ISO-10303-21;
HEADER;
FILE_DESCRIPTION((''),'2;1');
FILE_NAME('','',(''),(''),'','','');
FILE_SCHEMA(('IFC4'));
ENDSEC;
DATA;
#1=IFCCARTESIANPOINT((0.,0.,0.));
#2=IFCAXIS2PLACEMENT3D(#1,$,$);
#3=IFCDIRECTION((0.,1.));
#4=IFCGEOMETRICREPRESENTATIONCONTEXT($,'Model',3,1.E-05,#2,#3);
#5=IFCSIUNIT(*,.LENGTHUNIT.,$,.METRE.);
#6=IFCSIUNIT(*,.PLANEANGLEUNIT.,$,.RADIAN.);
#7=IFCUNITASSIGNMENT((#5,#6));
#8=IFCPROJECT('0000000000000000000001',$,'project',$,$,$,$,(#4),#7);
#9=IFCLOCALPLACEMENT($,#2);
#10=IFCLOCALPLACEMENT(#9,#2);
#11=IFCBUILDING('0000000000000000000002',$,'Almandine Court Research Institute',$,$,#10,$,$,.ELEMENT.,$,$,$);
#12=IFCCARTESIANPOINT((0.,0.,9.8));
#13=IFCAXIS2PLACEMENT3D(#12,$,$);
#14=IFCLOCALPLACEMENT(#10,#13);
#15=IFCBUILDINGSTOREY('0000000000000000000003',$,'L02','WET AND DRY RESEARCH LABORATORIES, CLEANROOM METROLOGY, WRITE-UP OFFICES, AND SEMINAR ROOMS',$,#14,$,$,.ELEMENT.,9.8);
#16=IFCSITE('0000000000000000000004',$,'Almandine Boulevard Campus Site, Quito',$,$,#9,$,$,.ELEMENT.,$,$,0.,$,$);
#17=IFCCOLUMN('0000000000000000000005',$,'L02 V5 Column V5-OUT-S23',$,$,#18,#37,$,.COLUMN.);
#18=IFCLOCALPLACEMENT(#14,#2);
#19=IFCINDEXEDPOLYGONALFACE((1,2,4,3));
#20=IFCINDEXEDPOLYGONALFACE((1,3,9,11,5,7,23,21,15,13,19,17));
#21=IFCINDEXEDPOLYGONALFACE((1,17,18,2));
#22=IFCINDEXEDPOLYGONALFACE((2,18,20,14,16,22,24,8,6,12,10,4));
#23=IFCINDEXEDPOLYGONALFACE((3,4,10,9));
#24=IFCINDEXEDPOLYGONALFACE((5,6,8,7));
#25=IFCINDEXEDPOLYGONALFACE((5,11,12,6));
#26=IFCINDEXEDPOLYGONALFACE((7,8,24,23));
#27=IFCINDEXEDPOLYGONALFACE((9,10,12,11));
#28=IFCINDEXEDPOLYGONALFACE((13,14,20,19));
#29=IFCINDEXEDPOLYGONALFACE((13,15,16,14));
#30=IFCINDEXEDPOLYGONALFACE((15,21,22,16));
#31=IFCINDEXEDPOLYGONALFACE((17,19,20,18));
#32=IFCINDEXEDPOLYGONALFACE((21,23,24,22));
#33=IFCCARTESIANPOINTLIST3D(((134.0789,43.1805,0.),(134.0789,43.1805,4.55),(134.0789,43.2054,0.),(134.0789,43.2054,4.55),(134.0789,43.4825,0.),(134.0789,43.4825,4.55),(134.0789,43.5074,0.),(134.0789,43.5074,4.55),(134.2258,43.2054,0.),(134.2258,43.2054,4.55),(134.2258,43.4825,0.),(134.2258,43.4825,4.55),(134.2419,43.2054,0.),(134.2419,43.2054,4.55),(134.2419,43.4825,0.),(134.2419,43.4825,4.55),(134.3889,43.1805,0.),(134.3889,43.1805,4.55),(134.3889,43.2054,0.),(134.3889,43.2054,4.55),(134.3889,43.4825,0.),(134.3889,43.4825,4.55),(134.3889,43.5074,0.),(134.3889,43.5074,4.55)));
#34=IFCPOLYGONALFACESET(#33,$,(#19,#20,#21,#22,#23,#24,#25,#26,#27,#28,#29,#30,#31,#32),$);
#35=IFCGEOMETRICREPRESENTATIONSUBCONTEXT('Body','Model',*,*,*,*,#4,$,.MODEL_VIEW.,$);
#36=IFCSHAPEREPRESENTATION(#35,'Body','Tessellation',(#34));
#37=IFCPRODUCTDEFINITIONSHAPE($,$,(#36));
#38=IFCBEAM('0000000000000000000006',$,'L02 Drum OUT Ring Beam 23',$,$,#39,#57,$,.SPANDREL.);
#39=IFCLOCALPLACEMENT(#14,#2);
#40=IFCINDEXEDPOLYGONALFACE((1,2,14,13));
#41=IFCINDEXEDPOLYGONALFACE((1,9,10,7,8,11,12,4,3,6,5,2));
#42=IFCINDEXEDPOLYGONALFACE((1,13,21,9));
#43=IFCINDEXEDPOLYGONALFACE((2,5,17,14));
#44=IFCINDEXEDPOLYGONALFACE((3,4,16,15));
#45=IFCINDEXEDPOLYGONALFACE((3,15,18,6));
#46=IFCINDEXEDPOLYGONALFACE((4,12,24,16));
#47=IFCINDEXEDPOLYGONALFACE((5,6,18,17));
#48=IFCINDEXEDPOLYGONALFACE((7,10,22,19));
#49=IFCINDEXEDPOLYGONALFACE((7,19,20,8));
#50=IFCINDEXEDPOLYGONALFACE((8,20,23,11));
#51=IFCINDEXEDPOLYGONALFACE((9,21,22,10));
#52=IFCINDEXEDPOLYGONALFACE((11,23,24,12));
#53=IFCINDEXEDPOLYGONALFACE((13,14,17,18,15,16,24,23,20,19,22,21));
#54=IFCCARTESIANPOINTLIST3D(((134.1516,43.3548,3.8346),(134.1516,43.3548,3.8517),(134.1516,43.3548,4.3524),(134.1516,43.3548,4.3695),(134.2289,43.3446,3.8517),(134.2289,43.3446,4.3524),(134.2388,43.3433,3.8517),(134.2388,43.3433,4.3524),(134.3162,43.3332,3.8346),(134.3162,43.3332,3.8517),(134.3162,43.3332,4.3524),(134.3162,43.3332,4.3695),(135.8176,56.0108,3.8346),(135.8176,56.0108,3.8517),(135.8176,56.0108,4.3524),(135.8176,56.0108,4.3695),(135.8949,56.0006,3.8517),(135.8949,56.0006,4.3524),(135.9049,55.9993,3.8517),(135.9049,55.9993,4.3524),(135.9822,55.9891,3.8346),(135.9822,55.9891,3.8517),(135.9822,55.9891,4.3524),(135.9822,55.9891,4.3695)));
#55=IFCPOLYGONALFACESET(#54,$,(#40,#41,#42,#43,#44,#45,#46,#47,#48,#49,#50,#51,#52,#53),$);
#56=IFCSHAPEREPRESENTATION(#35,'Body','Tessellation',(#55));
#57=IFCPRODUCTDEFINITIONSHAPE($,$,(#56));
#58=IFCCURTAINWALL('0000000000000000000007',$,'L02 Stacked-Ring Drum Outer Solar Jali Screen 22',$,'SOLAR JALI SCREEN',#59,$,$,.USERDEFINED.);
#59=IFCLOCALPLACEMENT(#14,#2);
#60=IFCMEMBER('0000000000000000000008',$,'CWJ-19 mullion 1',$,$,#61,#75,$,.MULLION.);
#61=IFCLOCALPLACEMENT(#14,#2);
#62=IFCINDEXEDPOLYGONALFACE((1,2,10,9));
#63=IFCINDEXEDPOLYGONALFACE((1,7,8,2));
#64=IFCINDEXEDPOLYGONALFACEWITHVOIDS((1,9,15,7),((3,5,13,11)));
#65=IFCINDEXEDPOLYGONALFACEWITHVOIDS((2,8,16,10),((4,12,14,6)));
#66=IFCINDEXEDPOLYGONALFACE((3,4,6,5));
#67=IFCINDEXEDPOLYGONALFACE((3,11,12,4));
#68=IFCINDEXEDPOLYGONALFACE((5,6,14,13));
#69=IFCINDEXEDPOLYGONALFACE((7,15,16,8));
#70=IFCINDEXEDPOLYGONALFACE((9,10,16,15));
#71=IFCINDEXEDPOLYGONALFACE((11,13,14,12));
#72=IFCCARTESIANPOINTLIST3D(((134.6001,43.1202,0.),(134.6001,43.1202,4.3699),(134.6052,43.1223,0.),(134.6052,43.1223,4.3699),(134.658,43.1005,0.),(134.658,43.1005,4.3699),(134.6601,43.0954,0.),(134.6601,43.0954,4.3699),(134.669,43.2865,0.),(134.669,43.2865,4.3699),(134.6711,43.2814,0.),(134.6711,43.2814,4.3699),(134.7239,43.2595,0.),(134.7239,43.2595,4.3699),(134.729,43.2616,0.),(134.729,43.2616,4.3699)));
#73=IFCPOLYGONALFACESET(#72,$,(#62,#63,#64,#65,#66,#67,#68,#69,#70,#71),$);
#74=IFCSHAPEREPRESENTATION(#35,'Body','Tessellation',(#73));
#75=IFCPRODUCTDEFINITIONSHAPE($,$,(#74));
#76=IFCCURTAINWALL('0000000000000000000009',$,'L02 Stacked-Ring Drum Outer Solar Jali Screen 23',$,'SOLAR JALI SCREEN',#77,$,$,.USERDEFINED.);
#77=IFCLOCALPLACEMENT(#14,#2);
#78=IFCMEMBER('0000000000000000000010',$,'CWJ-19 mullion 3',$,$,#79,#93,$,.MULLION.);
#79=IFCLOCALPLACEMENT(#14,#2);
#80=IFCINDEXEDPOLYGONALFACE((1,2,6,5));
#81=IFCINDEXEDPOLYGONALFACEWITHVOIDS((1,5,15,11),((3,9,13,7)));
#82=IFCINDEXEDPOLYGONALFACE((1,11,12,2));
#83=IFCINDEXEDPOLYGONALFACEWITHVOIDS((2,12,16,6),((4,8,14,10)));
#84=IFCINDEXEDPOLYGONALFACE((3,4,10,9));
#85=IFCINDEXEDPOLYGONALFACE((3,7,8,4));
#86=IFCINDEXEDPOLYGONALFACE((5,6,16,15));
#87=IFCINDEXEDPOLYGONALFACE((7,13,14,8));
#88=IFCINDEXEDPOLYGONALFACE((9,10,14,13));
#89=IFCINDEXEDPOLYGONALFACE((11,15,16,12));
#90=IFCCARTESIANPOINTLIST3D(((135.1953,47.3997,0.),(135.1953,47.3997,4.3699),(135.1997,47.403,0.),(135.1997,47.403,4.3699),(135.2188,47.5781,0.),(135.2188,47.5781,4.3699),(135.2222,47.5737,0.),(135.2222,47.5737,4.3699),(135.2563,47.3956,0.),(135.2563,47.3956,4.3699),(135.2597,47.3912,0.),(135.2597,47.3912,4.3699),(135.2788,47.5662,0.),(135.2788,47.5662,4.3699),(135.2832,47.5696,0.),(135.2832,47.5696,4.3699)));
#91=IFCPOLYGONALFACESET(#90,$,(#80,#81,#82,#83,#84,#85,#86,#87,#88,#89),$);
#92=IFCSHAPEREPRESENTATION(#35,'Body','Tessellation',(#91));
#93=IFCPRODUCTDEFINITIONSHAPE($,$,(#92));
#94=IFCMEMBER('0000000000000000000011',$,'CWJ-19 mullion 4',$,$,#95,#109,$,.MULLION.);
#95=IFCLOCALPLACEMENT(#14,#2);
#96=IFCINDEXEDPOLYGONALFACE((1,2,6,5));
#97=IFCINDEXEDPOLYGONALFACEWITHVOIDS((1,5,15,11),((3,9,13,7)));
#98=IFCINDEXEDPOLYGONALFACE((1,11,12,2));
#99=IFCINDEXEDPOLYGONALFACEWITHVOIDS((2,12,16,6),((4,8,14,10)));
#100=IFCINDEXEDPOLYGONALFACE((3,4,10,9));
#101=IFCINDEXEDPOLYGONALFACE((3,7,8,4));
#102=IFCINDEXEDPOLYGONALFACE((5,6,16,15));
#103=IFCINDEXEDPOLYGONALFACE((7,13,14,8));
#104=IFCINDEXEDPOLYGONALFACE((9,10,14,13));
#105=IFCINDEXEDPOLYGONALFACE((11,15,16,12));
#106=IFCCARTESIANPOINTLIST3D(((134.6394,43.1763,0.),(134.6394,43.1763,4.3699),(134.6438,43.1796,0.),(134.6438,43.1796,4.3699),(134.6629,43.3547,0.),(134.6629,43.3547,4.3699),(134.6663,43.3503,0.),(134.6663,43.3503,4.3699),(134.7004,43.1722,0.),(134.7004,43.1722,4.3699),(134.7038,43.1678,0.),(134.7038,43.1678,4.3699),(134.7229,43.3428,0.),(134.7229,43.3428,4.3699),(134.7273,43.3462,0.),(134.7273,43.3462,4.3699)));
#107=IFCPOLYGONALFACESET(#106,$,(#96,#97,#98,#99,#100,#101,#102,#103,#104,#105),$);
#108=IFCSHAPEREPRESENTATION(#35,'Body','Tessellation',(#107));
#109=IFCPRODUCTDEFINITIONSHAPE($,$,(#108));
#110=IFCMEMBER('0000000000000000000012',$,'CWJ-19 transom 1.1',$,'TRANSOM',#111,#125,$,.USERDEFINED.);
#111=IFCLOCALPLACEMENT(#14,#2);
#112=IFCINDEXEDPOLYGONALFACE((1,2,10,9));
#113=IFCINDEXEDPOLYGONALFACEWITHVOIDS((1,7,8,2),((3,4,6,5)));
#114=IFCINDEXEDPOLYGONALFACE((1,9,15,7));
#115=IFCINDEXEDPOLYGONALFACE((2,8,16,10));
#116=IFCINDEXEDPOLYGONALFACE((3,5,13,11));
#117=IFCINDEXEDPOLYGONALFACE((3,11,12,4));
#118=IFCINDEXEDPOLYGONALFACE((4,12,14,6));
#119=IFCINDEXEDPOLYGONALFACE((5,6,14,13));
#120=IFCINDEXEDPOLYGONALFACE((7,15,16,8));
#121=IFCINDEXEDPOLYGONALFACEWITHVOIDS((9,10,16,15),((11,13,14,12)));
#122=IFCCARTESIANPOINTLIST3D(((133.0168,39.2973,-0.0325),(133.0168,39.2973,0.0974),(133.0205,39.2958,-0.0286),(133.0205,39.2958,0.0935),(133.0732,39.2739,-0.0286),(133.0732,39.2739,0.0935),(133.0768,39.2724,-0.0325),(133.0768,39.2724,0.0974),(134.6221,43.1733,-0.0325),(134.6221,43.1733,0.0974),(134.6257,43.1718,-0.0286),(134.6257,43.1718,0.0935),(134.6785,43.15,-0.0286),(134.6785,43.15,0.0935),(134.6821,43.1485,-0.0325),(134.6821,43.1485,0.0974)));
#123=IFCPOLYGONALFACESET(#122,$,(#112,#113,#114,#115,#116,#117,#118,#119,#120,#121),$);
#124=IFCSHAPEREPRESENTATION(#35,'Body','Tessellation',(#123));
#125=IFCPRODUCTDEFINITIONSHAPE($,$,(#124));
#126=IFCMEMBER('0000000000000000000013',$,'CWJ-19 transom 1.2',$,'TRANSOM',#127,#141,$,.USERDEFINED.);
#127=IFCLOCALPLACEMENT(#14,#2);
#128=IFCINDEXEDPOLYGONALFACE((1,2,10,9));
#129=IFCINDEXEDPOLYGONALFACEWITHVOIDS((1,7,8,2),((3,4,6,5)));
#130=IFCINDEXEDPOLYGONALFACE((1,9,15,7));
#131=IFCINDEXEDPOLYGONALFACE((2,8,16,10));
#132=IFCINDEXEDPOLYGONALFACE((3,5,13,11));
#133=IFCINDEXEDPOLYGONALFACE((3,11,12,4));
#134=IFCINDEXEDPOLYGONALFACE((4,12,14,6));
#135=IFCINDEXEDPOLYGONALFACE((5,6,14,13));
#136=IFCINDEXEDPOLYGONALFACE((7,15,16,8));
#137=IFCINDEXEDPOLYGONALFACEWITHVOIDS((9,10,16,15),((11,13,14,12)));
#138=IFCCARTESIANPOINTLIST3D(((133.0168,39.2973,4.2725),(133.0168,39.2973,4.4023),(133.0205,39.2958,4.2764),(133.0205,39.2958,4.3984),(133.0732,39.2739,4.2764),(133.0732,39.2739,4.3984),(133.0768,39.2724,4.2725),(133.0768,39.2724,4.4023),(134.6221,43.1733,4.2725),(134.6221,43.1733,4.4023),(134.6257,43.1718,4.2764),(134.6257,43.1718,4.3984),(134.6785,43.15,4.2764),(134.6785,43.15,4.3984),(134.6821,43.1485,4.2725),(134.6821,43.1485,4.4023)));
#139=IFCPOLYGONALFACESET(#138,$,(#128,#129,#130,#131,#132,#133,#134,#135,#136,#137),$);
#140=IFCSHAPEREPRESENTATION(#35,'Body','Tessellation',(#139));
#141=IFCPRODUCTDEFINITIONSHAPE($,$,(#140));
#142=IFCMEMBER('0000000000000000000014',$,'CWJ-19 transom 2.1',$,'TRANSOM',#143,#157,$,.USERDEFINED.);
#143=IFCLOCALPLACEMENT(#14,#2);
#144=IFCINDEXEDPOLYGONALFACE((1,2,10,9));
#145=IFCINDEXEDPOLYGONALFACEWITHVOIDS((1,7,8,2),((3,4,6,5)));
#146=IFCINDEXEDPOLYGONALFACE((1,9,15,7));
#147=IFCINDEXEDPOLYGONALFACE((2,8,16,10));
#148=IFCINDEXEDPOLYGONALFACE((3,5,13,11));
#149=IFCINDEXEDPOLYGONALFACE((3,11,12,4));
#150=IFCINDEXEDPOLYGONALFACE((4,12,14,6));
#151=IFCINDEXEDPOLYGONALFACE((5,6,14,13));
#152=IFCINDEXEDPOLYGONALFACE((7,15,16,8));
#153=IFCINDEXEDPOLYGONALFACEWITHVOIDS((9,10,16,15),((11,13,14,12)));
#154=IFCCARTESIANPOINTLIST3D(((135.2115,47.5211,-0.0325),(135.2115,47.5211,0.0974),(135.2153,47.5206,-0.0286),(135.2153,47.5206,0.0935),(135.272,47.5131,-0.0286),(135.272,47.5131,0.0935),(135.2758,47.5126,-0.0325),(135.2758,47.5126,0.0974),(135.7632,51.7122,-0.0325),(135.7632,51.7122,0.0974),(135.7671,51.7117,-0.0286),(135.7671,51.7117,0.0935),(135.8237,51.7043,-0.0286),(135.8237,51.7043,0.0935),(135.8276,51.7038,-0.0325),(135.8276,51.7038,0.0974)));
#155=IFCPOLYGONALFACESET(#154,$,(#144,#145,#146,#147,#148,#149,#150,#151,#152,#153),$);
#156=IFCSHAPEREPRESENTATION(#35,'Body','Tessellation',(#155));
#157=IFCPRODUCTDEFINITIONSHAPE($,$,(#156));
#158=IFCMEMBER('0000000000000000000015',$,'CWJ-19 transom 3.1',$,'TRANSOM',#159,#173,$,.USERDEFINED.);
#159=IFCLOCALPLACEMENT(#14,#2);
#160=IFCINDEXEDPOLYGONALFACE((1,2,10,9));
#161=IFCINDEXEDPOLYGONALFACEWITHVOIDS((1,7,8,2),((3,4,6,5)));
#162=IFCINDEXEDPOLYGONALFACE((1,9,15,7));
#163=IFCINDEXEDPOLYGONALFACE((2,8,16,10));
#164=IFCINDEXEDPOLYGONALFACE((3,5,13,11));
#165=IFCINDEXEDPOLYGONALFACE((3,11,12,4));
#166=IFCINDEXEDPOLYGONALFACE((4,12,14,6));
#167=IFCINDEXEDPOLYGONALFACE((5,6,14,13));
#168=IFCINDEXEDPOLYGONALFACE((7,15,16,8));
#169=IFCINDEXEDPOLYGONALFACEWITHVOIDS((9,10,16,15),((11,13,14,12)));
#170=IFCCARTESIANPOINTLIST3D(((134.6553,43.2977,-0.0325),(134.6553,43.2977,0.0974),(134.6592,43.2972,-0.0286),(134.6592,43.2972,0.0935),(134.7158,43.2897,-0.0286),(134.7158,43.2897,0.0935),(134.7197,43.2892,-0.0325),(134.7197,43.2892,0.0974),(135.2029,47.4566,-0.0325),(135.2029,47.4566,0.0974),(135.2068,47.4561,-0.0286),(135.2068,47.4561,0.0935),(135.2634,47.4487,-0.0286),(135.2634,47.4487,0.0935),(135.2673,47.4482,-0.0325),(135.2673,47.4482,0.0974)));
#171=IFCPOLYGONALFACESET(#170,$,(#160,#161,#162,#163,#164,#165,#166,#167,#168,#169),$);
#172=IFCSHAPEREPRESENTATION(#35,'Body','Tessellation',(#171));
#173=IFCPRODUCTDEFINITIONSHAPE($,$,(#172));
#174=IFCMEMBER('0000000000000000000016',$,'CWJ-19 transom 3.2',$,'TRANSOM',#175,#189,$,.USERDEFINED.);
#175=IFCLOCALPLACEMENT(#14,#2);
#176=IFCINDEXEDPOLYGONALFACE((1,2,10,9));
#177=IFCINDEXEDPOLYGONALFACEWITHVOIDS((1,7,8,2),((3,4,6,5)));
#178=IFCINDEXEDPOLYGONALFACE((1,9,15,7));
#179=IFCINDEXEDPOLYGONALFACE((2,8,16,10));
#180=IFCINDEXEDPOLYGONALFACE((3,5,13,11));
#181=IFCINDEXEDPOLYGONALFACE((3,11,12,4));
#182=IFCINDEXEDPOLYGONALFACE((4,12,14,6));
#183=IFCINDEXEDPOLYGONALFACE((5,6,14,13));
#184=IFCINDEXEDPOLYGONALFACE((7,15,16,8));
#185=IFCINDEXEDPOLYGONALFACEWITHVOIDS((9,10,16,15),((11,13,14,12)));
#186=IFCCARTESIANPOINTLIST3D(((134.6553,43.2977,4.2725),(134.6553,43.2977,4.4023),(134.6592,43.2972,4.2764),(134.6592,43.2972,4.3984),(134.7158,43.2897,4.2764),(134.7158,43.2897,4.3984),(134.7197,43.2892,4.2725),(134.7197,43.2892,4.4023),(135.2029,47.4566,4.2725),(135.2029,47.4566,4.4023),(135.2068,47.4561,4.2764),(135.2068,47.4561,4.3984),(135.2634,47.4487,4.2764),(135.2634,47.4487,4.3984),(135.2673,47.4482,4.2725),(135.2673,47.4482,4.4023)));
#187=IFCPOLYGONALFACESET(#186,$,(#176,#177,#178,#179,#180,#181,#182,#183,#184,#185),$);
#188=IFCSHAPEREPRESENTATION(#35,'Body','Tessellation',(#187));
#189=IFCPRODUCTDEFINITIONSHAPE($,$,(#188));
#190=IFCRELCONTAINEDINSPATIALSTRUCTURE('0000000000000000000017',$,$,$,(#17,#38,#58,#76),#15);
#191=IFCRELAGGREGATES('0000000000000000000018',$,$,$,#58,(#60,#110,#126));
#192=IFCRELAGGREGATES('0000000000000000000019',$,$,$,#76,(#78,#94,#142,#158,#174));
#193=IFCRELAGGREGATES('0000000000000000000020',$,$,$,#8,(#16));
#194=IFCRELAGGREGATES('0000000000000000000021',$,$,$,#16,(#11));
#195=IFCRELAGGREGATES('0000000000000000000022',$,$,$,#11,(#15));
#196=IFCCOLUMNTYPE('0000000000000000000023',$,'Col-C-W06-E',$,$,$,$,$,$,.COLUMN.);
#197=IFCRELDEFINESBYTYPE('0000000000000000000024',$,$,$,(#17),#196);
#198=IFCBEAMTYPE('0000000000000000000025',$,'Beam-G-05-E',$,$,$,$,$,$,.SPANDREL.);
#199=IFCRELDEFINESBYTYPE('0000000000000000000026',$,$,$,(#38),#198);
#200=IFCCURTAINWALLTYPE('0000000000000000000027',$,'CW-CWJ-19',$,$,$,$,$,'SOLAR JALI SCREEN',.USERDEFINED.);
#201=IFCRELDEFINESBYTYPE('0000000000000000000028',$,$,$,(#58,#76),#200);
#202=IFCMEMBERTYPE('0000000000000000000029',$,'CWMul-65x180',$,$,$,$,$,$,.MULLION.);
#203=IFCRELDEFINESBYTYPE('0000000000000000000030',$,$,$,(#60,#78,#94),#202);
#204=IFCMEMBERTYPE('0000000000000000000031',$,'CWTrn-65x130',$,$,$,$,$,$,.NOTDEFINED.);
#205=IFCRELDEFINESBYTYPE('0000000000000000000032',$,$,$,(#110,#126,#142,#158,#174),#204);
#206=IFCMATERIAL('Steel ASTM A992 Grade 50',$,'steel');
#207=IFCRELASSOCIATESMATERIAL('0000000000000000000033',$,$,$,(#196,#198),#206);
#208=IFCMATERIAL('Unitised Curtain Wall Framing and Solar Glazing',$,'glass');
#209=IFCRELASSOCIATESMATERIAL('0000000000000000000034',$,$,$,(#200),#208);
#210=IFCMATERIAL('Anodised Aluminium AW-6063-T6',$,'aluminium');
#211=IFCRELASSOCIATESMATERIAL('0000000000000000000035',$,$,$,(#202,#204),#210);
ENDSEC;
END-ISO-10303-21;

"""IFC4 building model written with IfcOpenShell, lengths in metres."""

from ifc_helpers import new_model, si_unit, direction, frame, origin, origin_2d, place, context, subcontext, project, spatial, hollow_rectangle, i_section, extrude, material, material_profile, profile_set, type_object, element, aggregate, save


model = new_model("IFC4")

# Units and contexts
model_context = context("Model", 3, precision=1e-05, world=origin(), true_north=direction((0.0, 1.0)))
body_context = subcontext(model_context, "Body", "Model", "MODEL_VIEW")
ifc_project = project(units=[si_unit("LENGTHUNIT", "METRE"), si_unit("PLANEANGLEUNIT", "RADIAN")], contexts=[model_context])

# Site, building, storey
site_placement = place(None, origin())
site = spatial("IfcSite", under=ifc_project, at=site_placement, Name="Almandine Boulevard Campus Site, Quito", CompositionType="ELEMENT", RefElevation=0.0)
building_placement = place(site_placement, origin())
building = spatial("IfcBuilding", under=site, at=building_placement, Name="Almandine Court Research Institute", CompositionType="ELEMENT")
storey_placement = place(building_placement, frame((0.0, 0.0, 9.8)))
storey = spatial("IfcBuildingStorey", under=building, at=storey_placement, Name="L02", Description="WET AND DRY RESEARCH LABORATORIES, CLEANROOM METROLOGY, WRITE-UP OFFICES, AND SEMINAR ROOMS", CompositionType="ELEMENT", Elevation=9.8)

# Column
ifc_material_1 = material(Name="Steel ASTM A992 Grade 50", Category="steel")
ifc_material_profile_1 = material_profile(ifc_material_1, i_section(OverallWidth=0.3101, OverallDepth=0.3269, WebThickness=0.0161, FlangeThickness=0.0249, at=origin_2d()), Name="W310x158")
ifc_profile_set_1 = profile_set([ifc_material_profile_1], Name="Steel ASTM A992 Grade 50")
column_type = type_object("IfcColumnType", Name="Col-C-W06-E", PredefinedType="COLUMN", material=ifc_profile_set_1)
column_placement = place(storey_placement, frame((134.2339, 43.344, 0.0), z_axis=(0.0, 0.0, 1.0), x_axis=(1.0, 0.0, 0.0)))
element("IfcColumn", 1, at=column_placement, inside=storey, type_object=column_type, Name="L02 V5 Column V5-OUT-S23", PredefinedType="COLUMN", context=body_context, shape_type="SweptSolid", body=[
    extrude(i_section(OverallWidth=0.3101, OverallDepth=0.3269, WebThickness=0.0161, FlangeThickness=0.0249, at=origin_2d()), origin(), (0.0, 0.0, 1.0), 4.55),
])

# Beam
ifc_material_profile_2 = material_profile(ifc_material_1, i_section(OverallWidth=0.166, OverallDepth=0.5349, WebThickness=0.01, FlangeThickness=0.0171, at=origin_2d()), Name="W530x85")
ifc_profile_set_2 = profile_set([ifc_material_profile_2], Name="Steel ASTM A992 Grade 50")
beam_type = type_object("IfcBeamType", Name="Beam-G-05-E", PredefinedType="SPANDREL", material=ifc_profile_set_2)
beam_placement = place(storey_placement, frame((134.2339, 43.344, 4.1021), z_axis=(0.130512, 0.991447, 0.0), x_axis=(-0.991447, 0.130512, 0.0)))
element("IfcBeam", 2, at=beam_placement, inside=storey, type_object=beam_type, Name="L02 Drum OUT Ring Beam 23", PredefinedType="SPANDREL", context=body_context, shape_type="SweptSolid", body=[
    extrude(i_section(OverallWidth=0.166, OverallDepth=0.5349, WebThickness=0.01, FlangeThickness=0.0171, at=origin_2d()), origin(), (0.0, 0.0, 1.0), 12.7651),
])

# Curtain wall, member
ifc_material_2 = material(Name="Unitised Curtain Wall Framing and Solar Glazing", Category="glass")
curtain_wall_type = type_object("IfcCurtainWallType", Name="CW-CWJ-19", ElementType="SOLAR JALI SCREEN", PredefinedType="USERDEFINED", material=ifc_material_2)
curtain_wall_1_placement = place(storey_placement, origin())
curtain_wall_1 = element("IfcCurtainWall", 3, at=curtain_wall_1_placement, inside=storey, type_object=curtain_wall_type, Name="L02 Stacked-Ring Drum Outer Solar Jali Screen 22", ObjectType="SOLAR JALI SCREEN", PredefinedType="USERDEFINED")
ifc_material_3 = material(Name="Anodised Aluminium AW-6063-T6", Category="aluminium")
ifc_material_profile_3 = material_profile(ifc_material_3, hollow_rectangle(XDim=0.0649, YDim=0.1799, WallThickness=0.0039, at=origin_2d()), Name="ALU RHS 65x180x4")
ifc_profile_set_3 = profile_set([ifc_material_profile_3], Name="Anodised Aluminium AW-6063-T6")
member_type_1 = type_object("IfcMemberType", Name="CWMul-65x180", PredefinedType="MULLION", material=ifc_profile_set_3)
member_1_placement = place(storey_placement, frame((134.6646, 43.1909, 0.0), z_axis=(0.0, 0.0, 1.0), x_axis=(0.923888, -0.382663, 0.0)))
member_1 = element("IfcMember", 4, at=member_1_placement, type_object=member_type_1, Name="CWJ-19 mullion 1", PredefinedType="MULLION", context=body_context, shape_type="SweptSolid", body=[
    extrude(hollow_rectangle(XDim=0.0649, YDim=0.1799, WallThickness=0.0039, at=origin_2d()), origin(), (0.0, 0.0, 1.0), 4.3699),
])

# Curtain wall, members
curtain_wall_2_placement = place(storey_placement, origin())
curtain_wall_2 = element("IfcCurtainWall", 5, at=curtain_wall_2_placement, inside=storey, type_object=curtain_wall_type, Name="L02 Stacked-Ring Drum Outer Solar Jali Screen 23", ObjectType="SOLAR JALI SCREEN", PredefinedType="USERDEFINED")
member_2_placement = place(storey_placement, frame((135.2393, 47.4846, 0.0), z_axis=(0.0, 0.0, 1.0), x_axis=(0.991443, -0.130541, 0.0)))
member_2 = element("IfcMember", 6, at=member_2_placement, type_object=member_type_1, Name="CWJ-19 mullion 3", PredefinedType="MULLION", context=body_context, shape_type="SweptSolid", body=[
    extrude(hollow_rectangle(XDim=0.0649, YDim=0.1799, WallThickness=0.0039, at=origin_2d()), origin(), (0.0, 0.0, 1.0), 4.3699),
])
member_3_placement = place(storey_placement, frame((134.6833, 43.2612, 0.0), z_axis=(0.0, 0.0, 1.0), x_axis=(0.991443, -0.130541, 0.0)))
member_3 = element("IfcMember", 7, at=member_3_placement, type_object=member_type_1, Name="CWJ-19 mullion 4", PredefinedType="MULLION", context=body_context, shape_type="SweptSolid", body=[
    extrude(hollow_rectangle(XDim=0.0649, YDim=0.1799, WallThickness=0.0039, at=origin_2d()), origin(), (0.0, 0.0, 1.0), 4.3699),
])

# Members
ifc_material_profile_4 = material_profile(ifc_material_3, hollow_rectangle(XDim=0.0649, YDim=0.1299, WallThickness=0.0039, at=origin_2d()), Name="ALU RHS 65x130x4")
ifc_profile_set_4 = profile_set([ifc_material_profile_4], Name="Anodised Aluminium AW-6063-T6")
member_type_2 = type_object("IfcMemberType", Name="CWTrn-65x130", PredefinedType="NOTDEFINED", material=ifc_profile_set_4)
member_4_placement = place(storey_placement, frame((134.6521, 43.1609, 0.0325), z_axis=(-0.382631, -0.923901, 0.0), x_axis=(0.923901, -0.382631, 0.0)))
member_4 = element("IfcMember", 8, at=member_4_placement, type_object=member_type_2, Name="CWJ-19 transom 1.1", ObjectType="TRANSOM", PredefinedType="USERDEFINED", context=body_context, shape_type="SweptSolid", body=[
    extrude(hollow_rectangle(XDim=0.0649, YDim=0.1299, WallThickness=0.0039, at=origin_2d()), origin(), (0.0, 0.0, 1.0), 4.1953),
])
member_5_placement = place(storey_placement, frame((134.6521, 43.1609, 4.3374), z_axis=(-0.382631, -0.923901, 0.0), x_axis=(0.923901, -0.382631, 0.0)))
member_5 = element("IfcMember", 9, at=member_5_placement, type_object=member_type_2, Name="CWJ-19 transom 1.2", ObjectType="TRANSOM", PredefinedType="USERDEFINED", context=body_context, shape_type="SweptSolid", body=[
    extrude(hollow_rectangle(XDim=0.0649, YDim=0.1299, WallThickness=0.0039, at=origin_2d()), origin(), (0.0, 0.0, 1.0), 4.1953),
])
member_6_placement = place(storey_placement, frame((135.7954, 51.708, 0.0325), z_axis=(-0.130522, -0.991445, 0.0), x_axis=(0.991445, -0.130522, 0.0)))
member_6 = element("IfcMember", 10, at=member_6_placement, type_object=member_type_2, Name="CWJ-19 transom 2.1", ObjectType="TRANSOM", PredefinedType="USERDEFINED", context=body_context, shape_type="SweptSolid", body=[
    extrude(hollow_rectangle(XDim=0.0649, YDim=0.1299, WallThickness=0.0039, at=origin_2d()), origin(), (0.0, 0.0, 1.0), 4.2273),
])
member_7_placement = place(storey_placement, frame((135.2351, 47.4524, 0.0325), z_axis=(-0.130543, -0.991443, 0.0), x_axis=(0.991443, -0.130543, 0.0)))
member_7 = element("IfcMember", 11, at=member_7_placement, type_object=member_type_2, Name="CWJ-19 transom 3.1", ObjectType="TRANSOM", PredefinedType="USERDEFINED", context=body_context, shape_type="SweptSolid", body=[
    extrude(hollow_rectangle(XDim=0.0649, YDim=0.1299, WallThickness=0.0039, at=origin_2d()), origin(), (0.0, 0.0, 1.0), 4.1948),
])
member_8_placement = place(storey_placement, frame((135.2351, 47.4524, 4.3374), z_axis=(-0.130543, -0.991443, 0.0), x_axis=(0.991443, -0.130543, 0.0)))
member_8 = element("IfcMember", 12, at=member_8_placement, type_object=member_type_2, Name="CWJ-19 transom 3.2", ObjectType="TRANSOM", PredefinedType="USERDEFINED", context=body_context, shape_type="SweptSolid", body=[
    extrude(hollow_rectangle(XDim=0.0649, YDim=0.1299, WallThickness=0.0039, at=origin_2d()), origin(), (0.0, 0.0, 1.0), 4.1948),
])

aggregate(curtain_wall_1, [member_1, member_4, member_5])
aggregate(curtain_wall_2, [member_2, member_3, member_6, member_7, member_8])

save(model, "model.ifc")
